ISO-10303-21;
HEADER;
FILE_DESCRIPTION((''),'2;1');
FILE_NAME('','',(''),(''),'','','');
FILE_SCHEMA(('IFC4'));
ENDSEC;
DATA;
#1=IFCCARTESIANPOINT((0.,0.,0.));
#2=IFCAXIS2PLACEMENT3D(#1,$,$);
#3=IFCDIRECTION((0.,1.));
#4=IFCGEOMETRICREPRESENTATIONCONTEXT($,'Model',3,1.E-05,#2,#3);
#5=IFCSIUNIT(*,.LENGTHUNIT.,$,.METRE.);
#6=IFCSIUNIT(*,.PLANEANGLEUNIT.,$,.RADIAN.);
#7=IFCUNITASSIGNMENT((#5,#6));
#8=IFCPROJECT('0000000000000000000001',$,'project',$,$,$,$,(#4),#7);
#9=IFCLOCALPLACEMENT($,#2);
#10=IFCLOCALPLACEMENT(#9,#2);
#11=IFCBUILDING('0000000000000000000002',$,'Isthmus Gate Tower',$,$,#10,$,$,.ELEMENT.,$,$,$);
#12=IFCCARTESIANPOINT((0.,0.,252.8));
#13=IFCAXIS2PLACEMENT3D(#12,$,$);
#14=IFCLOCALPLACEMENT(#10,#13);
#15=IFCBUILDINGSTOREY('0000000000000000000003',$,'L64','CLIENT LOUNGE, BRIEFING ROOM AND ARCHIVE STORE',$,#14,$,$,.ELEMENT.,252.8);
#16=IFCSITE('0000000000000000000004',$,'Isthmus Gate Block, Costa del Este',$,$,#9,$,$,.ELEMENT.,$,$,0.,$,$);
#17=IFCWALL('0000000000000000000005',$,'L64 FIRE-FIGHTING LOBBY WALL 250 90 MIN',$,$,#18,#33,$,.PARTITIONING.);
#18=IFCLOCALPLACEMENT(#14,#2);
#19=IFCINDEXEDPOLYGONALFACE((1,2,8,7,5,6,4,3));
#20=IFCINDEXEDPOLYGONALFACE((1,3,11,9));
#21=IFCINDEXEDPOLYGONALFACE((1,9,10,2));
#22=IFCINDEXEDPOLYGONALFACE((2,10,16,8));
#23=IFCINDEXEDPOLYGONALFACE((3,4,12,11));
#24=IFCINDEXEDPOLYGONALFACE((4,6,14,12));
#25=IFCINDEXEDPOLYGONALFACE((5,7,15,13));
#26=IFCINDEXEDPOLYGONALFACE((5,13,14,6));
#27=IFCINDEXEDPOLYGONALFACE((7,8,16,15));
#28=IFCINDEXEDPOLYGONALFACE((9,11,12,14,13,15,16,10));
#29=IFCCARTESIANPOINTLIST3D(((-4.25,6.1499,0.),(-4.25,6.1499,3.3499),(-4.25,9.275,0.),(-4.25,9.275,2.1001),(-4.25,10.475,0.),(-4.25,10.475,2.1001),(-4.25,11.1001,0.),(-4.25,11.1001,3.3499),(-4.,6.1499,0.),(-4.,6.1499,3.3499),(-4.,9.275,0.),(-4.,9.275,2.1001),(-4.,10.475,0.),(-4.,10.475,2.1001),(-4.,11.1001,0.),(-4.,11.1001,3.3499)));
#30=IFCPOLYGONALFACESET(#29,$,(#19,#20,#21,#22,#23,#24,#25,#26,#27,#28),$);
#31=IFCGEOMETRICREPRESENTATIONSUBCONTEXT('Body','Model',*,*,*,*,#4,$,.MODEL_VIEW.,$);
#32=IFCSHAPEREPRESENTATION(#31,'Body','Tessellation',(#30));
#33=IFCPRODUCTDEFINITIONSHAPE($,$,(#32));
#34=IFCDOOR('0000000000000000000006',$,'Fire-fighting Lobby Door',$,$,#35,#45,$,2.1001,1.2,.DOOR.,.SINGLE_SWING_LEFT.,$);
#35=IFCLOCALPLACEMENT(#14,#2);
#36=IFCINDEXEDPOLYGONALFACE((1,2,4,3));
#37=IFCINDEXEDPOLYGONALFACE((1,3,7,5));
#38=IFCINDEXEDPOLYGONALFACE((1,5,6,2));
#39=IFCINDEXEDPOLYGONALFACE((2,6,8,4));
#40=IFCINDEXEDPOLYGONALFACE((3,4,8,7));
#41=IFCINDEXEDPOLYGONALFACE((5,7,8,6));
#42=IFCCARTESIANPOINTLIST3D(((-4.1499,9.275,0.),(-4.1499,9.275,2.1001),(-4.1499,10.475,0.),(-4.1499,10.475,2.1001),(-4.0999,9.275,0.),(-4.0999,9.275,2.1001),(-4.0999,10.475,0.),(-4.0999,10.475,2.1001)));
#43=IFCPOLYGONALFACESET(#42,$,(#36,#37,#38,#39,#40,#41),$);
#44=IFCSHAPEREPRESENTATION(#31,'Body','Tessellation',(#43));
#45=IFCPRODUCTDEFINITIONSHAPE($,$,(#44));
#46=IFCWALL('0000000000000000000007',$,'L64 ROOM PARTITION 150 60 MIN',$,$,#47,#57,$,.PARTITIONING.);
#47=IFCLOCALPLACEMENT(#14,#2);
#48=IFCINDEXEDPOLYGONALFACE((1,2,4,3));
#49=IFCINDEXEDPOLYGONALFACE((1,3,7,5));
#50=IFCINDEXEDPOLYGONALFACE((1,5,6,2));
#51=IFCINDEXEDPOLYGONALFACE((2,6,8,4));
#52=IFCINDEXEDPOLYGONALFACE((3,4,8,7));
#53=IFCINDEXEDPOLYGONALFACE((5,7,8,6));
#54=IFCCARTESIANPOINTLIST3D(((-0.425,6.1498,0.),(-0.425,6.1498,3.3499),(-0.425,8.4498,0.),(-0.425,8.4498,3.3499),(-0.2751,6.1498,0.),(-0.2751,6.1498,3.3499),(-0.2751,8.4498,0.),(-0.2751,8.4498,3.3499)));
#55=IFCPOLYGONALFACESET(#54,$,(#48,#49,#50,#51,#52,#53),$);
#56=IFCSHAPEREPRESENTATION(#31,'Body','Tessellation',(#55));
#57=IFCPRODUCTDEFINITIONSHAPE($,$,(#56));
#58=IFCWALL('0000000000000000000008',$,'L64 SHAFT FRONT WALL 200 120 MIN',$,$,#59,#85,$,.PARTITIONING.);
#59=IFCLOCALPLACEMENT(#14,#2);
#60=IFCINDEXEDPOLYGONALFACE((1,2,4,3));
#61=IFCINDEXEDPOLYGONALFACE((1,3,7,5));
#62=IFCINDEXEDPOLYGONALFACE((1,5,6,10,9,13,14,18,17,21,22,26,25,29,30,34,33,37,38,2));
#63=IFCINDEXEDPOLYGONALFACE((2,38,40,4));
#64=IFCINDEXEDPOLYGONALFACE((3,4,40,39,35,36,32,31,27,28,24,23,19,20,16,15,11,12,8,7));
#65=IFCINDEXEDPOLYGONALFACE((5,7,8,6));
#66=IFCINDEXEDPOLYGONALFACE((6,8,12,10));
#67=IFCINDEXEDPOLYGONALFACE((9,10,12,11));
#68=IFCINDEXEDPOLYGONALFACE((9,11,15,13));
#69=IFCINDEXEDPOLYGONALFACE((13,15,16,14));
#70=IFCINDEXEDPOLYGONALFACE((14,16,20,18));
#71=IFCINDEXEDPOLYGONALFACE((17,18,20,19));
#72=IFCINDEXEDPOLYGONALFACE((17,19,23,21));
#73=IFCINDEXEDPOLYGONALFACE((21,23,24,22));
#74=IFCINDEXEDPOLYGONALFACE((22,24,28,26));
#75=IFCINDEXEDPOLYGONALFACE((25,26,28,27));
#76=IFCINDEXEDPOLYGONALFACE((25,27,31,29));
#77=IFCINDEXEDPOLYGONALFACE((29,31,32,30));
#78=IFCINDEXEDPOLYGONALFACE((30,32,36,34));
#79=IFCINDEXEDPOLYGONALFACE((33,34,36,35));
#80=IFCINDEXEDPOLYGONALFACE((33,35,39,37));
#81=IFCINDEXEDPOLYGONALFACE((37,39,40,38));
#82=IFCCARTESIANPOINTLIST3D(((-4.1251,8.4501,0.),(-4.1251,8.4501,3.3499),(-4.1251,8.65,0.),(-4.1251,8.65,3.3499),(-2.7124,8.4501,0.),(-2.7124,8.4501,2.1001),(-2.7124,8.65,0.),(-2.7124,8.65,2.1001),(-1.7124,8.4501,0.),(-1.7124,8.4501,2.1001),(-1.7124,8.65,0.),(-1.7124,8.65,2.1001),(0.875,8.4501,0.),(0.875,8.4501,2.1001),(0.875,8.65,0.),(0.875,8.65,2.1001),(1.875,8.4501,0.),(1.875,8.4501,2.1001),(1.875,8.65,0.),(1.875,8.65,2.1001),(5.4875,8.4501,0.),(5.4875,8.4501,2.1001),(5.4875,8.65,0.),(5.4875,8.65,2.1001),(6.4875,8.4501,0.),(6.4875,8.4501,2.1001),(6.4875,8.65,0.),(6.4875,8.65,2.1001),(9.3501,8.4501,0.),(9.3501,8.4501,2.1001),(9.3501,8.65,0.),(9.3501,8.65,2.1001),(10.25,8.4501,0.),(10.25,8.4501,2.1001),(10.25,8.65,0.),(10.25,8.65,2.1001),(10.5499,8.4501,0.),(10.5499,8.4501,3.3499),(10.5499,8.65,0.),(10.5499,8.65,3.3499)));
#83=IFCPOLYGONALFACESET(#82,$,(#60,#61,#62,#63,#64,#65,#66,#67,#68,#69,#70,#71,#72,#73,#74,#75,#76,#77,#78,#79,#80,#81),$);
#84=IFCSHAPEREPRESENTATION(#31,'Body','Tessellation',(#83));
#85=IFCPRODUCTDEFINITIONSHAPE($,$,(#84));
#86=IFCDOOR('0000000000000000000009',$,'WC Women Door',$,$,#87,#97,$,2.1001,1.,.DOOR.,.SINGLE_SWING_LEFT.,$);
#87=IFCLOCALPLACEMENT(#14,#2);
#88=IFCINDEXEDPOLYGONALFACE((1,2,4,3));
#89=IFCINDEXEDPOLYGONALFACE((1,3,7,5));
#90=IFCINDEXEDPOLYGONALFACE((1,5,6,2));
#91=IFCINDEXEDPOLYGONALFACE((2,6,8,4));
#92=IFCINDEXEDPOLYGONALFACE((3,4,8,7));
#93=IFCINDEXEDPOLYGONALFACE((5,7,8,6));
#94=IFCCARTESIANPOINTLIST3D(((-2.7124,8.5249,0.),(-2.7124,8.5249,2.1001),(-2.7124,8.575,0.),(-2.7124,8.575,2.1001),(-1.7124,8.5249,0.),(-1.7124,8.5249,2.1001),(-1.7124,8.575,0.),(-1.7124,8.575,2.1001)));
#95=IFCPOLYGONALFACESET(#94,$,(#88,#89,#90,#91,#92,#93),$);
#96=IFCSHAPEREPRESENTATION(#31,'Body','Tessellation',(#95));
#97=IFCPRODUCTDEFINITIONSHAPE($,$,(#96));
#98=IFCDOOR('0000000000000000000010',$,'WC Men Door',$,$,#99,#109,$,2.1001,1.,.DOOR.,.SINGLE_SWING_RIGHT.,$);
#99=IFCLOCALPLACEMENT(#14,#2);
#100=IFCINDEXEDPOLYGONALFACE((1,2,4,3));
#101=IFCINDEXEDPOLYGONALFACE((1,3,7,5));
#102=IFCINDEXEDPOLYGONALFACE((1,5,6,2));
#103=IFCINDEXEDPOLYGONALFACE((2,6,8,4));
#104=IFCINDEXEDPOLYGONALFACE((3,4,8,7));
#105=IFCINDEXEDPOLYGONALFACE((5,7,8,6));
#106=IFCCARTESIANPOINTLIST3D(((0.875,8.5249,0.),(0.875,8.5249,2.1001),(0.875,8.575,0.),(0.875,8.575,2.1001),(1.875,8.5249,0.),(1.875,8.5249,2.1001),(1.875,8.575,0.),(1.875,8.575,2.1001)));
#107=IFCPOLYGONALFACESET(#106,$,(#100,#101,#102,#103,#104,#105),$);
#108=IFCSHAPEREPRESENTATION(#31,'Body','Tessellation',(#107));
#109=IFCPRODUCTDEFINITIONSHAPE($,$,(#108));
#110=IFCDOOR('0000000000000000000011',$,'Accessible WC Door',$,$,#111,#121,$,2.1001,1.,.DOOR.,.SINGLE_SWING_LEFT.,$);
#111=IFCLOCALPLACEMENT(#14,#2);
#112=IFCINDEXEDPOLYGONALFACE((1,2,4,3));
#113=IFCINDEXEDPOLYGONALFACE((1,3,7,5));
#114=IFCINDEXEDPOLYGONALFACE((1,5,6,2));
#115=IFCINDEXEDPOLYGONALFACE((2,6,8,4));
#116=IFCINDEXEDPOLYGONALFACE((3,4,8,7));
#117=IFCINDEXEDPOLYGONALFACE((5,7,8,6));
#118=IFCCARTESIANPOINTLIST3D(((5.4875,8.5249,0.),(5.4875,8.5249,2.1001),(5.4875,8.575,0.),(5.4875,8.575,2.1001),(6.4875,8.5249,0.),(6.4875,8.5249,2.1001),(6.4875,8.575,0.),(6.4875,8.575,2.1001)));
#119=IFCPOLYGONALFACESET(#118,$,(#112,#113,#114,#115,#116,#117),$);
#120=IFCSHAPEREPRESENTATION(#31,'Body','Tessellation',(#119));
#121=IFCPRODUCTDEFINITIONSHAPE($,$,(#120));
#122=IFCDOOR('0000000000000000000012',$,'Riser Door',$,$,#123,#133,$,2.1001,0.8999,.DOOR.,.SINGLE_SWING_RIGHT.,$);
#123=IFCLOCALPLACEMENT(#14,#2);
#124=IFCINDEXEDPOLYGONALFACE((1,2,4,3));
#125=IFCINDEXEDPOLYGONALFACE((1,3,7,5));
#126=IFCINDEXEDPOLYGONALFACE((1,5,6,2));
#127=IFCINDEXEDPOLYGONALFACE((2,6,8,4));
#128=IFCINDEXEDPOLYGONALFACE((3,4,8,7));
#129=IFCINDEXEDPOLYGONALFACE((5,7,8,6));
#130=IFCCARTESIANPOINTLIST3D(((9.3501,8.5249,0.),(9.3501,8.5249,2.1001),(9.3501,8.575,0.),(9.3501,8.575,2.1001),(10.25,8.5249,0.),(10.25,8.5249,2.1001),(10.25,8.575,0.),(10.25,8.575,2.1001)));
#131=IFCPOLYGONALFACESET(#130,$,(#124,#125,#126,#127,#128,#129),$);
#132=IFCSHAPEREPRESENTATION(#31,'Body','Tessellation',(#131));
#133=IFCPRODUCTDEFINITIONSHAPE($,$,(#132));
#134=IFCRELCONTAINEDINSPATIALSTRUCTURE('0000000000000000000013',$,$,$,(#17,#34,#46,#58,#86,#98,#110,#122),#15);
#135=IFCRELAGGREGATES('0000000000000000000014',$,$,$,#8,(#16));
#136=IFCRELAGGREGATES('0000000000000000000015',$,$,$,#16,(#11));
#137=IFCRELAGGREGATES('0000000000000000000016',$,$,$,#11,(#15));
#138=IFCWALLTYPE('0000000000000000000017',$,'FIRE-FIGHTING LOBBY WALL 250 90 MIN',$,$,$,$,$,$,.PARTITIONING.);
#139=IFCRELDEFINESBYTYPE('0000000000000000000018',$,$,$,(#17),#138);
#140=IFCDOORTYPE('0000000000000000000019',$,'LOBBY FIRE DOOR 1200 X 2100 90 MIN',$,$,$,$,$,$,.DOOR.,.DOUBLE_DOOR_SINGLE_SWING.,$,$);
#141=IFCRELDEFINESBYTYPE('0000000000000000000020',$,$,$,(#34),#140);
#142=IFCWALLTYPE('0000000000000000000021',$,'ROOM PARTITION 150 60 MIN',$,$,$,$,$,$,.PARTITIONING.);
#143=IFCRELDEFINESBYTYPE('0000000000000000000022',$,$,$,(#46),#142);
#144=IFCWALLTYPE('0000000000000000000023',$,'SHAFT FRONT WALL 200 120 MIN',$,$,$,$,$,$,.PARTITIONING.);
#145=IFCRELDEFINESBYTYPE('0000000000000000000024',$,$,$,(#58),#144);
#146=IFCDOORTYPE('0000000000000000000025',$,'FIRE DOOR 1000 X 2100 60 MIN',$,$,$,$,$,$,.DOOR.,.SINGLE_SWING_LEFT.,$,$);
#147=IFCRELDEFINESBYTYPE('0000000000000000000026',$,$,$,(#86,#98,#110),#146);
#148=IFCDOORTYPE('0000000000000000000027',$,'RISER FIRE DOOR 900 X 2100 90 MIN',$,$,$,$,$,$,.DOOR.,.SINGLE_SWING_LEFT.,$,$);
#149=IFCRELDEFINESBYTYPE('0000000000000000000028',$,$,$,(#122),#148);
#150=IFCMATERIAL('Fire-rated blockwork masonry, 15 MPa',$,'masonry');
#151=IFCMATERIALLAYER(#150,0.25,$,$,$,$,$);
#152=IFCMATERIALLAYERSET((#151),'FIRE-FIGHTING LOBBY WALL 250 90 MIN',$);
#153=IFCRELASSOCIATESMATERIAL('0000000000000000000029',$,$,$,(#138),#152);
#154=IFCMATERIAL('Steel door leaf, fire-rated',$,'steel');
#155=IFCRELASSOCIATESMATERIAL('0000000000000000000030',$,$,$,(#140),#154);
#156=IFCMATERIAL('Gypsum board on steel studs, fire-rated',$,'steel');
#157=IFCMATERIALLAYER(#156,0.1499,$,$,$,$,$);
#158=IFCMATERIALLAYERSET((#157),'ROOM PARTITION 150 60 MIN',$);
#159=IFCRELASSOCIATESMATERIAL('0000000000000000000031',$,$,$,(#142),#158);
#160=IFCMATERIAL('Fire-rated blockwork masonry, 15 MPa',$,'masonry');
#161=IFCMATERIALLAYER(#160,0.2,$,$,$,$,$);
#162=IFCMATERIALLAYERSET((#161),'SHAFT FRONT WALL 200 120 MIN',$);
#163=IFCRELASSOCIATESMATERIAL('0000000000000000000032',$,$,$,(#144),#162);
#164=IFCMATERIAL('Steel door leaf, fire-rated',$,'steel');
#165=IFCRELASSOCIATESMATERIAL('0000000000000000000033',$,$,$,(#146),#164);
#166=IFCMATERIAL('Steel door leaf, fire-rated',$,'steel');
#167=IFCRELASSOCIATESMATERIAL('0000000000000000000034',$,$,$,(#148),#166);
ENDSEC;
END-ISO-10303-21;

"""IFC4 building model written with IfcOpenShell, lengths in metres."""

from ifc_helpers import new_model, si_unit, direction, frame, frame_2d, origin, place, context, subcontext, project, spatial, rectangle, extrude, material, layer, layer_set, type_object, element, fill, save


model = new_model("IFC4")

# Units and contexts
model_context = context("Model", 3, precision=1e-05, world=origin(), true_north=direction((0.0, 1.0)))
body_context = subcontext(model_context, "Body", "Model", "MODEL_VIEW")
ifc_project = project(units=[si_unit("LENGTHUNIT", "METRE"), si_unit("PLANEANGLEUNIT", "RADIAN")], contexts=[model_context])

# Site, building, storey
site_placement = place(None, origin())
site = spatial("IfcSite", under=ifc_project, at=site_placement, Name="Isthmus Gate Block, Costa del Este", CompositionType="ELEMENT", RefElevation=0.0)
building_placement = place(site_placement, origin())
building = spatial("IfcBuilding", under=site, at=building_placement, Name="Isthmus Gate Tower", CompositionType="ELEMENT")
storey_placement = place(building_placement, frame((0.0, 0.0, 252.8)))
storey = spatial("IfcBuildingStorey", under=building, at=storey_placement, Name="L64", Description="CLIENT LOUNGE, BRIEFING ROOM AND ARCHIVE STORE", CompositionType="ELEMENT", Elevation=252.8)

# Wall, opening, door
ifc_material_1 = material(Name="Fire-rated blockwork masonry, 15 MPa", Category="masonry")
ifc_layer_1 = layer(ifc_material_1, 0.25)
ifc_layer_set_1 = layer_set([ifc_layer_1], Name="FIRE-FIGHTING LOBBY WALL 250 90 MIN")
wall_type_1 = type_object("IfcWallType", Name="FIRE-FIGHTING LOBBY WALL 250 90 MIN", PredefinedType="PARTITIONING", material=ifc_layer_set_1)
wall_1_placement = place(storey_placement, frame((-4.125, 6.1499, 0.0), z_axis=(0.0, 0.0, 1.0), x_axis=(0.0, 1.0, 0.0)))
wall_1 = element("IfcWall", 1, at=wall_1_placement, inside=storey, type_object=wall_type_1, Name="L64 FIRE-FIGHTING LOBBY WALL 250 90 MIN", PredefinedType="PARTITIONING", context=body_context, shape_type="SweptSolid", body=[
    extrude(rectangle(XDim=4.9502, YDim=0.25, at=frame_2d((2.4751, 0.0))), origin(), (0.0, 0.0, 1.0), 3.3499),
])
opening_1_placement = place(wall_1_placement, frame((3.125, 0.0, 0.0)))
opening_1 = element("IfcOpeningElement", 2, at=opening_1_placement, cuts=wall_1, PredefinedType="OPENING", context=body_context, shape_type="SweptSolid", body=[
    extrude(rectangle(XDim=1.2, YDim=2.1001, at=frame_2d((0.6001, 1.05))), frame((0.0, 0.135, 0.0), z_axis=(0.0, -1.0, 0.0), x_axis=(1.0, 0.0, 0.0)), (0.0, 0.0, 1.0), 0.27),
])
ifc_material_2 = material(Name="Steel door leaf, fire-rated", Category="steel")
door_type_1 = type_object("IfcDoorType", Name="LOBBY FIRE DOOR 1200 X 2100 90 MIN", OperationType="DOUBLE_DOOR_SINGLE_SWING", PredefinedType="DOOR", material=ifc_material_2)
door_1_placement = place(opening_1_placement, origin())
door_1 = element("IfcDoor", 3, at=door_1_placement, inside=storey, type_object=door_type_1, Name="Fire-fighting Lobby Door", OperationType="SINGLE_SWING_LEFT", OverallHeight=2.1001, OverallWidth=1.2, PredefinedType="DOOR", context=body_context, shape_type="SweptSolid", body=[
    extrude(rectangle(XDim=1.2, YDim=2.1001, at=frame_2d((0.6001, 1.05))), frame((0.0, 0.0249, 0.0), z_axis=(0.0, -1.0, 0.0), x_axis=(1.0, 0.0, 0.0)), (0.0, 0.0, 1.0), 0.05),
])
fill(opening_1, door_1)

# Wall
ifc_material_3 = material(Name="Gypsum board on steel studs, fire-rated", Category="steel")
ifc_layer_2 = layer(ifc_material_3, 0.1499)
ifc_layer_set_2 = layer_set([ifc_layer_2], Name="ROOM PARTITION 150 60 MIN")
wall_type_2 = type_object("IfcWallType", Name="ROOM PARTITION 150 60 MIN", PredefinedType="PARTITIONING", material=ifc_layer_set_2)
wall_2_placement = place(storey_placement, frame((-0.3501, 6.1499, 0.0), z_axis=(0.0, 0.0, 1.0), x_axis=(0.0, 1.0, 0.0)))
element("IfcWall", 4, at=wall_2_placement, inside=storey, type_object=wall_type_2, Name="L64 ROOM PARTITION 150 60 MIN", PredefinedType="PARTITIONING", context=body_context, shape_type="SweptSolid", body=[
    extrude(rectangle(XDim=2.3, YDim=0.1499, at=frame_2d((1.1499, 0.0))), origin(), (0.0, 0.0, 1.0), 3.3499),
])

# Wall, openings, doors
ifc_material_4 = material(Name="Fire-rated blockwork masonry, 15 MPa", Category="masonry")
ifc_layer_3 = layer(ifc_material_4, 0.2)
ifc_layer_set_3 = layer_set([ifc_layer_3], Name="SHAFT FRONT WALL 200 120 MIN")
wall_type_3 = type_object("IfcWallType", Name="SHAFT FRONT WALL 200 120 MIN", PredefinedType="PARTITIONING", material=ifc_layer_set_3)
wall_3_placement = place(storey_placement, frame((-4.125, 8.55, 0.0), z_axis=(0.0, 0.0, 1.0), x_axis=(1.0, 0.0, 0.0)))
wall_3 = element("IfcWall", 5, at=wall_3_placement, inside=storey, type_object=wall_type_3, Name="L64 SHAFT FRONT WALL 200 120 MIN", PredefinedType="PARTITIONING", context=body_context, shape_type="SweptSolid", body=[
    extrude(rectangle(XDim=14.675, YDim=0.2, at=frame_2d((7.3374, 0.0))), origin(), (0.0, 0.0, 1.0), 3.3499),
])
opening_2_placement = place(wall_3_placement, frame((1.4126, 0.0, 0.0)))
opening_2 = element("IfcOpeningElement", 6, at=opening_2_placement, cuts=wall_3, PredefinedType="OPENING", context=body_context, shape_type="SweptSolid", body=[
    extrude(rectangle(XDim=1.0, YDim=2.1001, at=frame_2d((0.5, 1.05))), frame((0.0, 0.1099, 0.0), z_axis=(0.0, -1.0, 0.0), x_axis=(1.0, 0.0, 0.0)), (0.0, 0.0, 1.0), 0.22),
])
opening_3_placement = place(wall_3_placement, frame((5.0, 0.0, 0.0)))
opening_3 = element("IfcOpeningElement", 7, at=opening_3_placement, cuts=wall_3, PredefinedType="OPENING", context=body_context, shape_type="SweptSolid", body=[
    extrude(rectangle(XDim=1.0, YDim=2.1001, at=frame_2d((0.5, 1.05))), frame((0.0, 0.1099, 0.0), z_axis=(0.0, -1.0, 0.0), x_axis=(1.0, 0.0, 0.0)), (0.0, 0.0, 1.0), 0.22),
])
opening_4_placement = place(wall_3_placement, frame((9.6125, 0.0, 0.0)))
opening_4 = element("IfcOpeningElement", 8, at=opening_4_placement, cuts=wall_3, PredefinedType="OPENING", context=body_context, shape_type="SweptSolid", body=[
    extrude(rectangle(XDim=1.0, YDim=2.1001, at=frame_2d((0.5, 1.05))), frame((0.0, 0.1099, 0.0), z_axis=(0.0, -1.0, 0.0), x_axis=(1.0, 0.0, 0.0)), (0.0, 0.0, 1.0), 0.22),
])
opening_5_placement = place(wall_3_placement, frame((13.4751, 0.0, 0.0)))
opening_5 = element("IfcOpeningElement", 9, at=opening_5_placement, cuts=wall_3, PredefinedType="OPENING", context=body_context, shape_type="SweptSolid", body=[
    extrude(rectangle(XDim=0.8999, YDim=2.1001, at=frame_2d((0.45, 1.05))), frame((0.0, 0.1099, 0.0), z_axis=(0.0, -1.0, 0.0), x_axis=(1.0, 0.0, 0.0)), (0.0, 0.0, 1.0), 0.22),
])
ifc_material_5 = material(Name="Steel door leaf, fire-rated", Category="steel")
door_type_2 = type_object("IfcDoorType", Name="FIRE DOOR 1000 X 2100 60 MIN", OperationType="SINGLE_SWING_LEFT", PredefinedType="DOOR", material=ifc_material_5)
door_2_placement = place(opening_2_placement, origin())
door_2 = element("IfcDoor", 10, at=door_2_placement, inside=storey, type_object=door_type_2, Name="WC Women Door", OperationType="SINGLE_SWING_LEFT", OverallHeight=2.1001, OverallWidth=1.0, PredefinedType="DOOR", context=body_context, shape_type="SweptSolid", body=[
    extrude(rectangle(XDim=1.0, YDim=2.1001, at=frame_2d((0.5, 1.05))), frame((0.0, 0.0249, 0.0), z_axis=(0.0, -1.0, 0.0), x_axis=(1.0, 0.0, 0.0)), (0.0, 0.0, 1.0), 0.05),
])
fill(opening_2, door_2)
door_3_placement = place(opening_3_placement, origin())
door_3 = element("IfcDoor", 11, at=door_3_placement, inside=storey, type_object=door_type_2, Name="WC Men Door", OperationType="SINGLE_SWING_RIGHT", OverallHeight=2.1001, OverallWidth=1.0, PredefinedType="DOOR", context=body_context, shape_type="SweptSolid", body=[
    extrude(rectangle(XDim=1.0, YDim=2.1001, at=frame_2d((0.5, 1.05))), frame((0.0, 0.0249, 0.0), z_axis=(0.0, -1.0, 0.0), x_axis=(1.0, 0.0, 0.0)), (0.0, 0.0, 1.0), 0.05),
])
fill(opening_3, door_3)
door_4_placement = place(opening_4_placement, origin())
door_4 = element("IfcDoor", 12, at=door_4_placement, inside=storey, type_object=door_type_2, Name="Accessible WC Door", OperationType="SINGLE_SWING_LEFT", OverallHeight=2.1001, OverallWidth=1.0, PredefinedType="DOOR", context=body_context, shape_type="SweptSolid", body=[
    extrude(rectangle(XDim=1.0, YDim=2.1001, at=frame_2d((0.5, 1.05))), frame((0.0, 0.0249, 0.0), z_axis=(0.0, -1.0, 0.0), x_axis=(1.0, 0.0, 0.0)), (0.0, 0.0, 1.0), 0.05),
])
fill(opening_4, door_4)
ifc_material_6 = material(Name="Steel door leaf, fire-rated", Category="steel")
door_type_3 = type_object("IfcDoorType", Name="RISER FIRE DOOR 900 X 2100 90 MIN", OperationType="SINGLE_SWING_LEFT", PredefinedType="DOOR", material=ifc_material_6)
door_5_placement = place(opening_5_placement, origin())
door_5 = element("IfcDoor", 13, at=door_5_placement, inside=storey, type_object=door_type_3, Name="Riser Door", OperationType="SINGLE_SWING_RIGHT", OverallHeight=2.1001, OverallWidth=0.8999, PredefinedType="DOOR", context=body_context, shape_type="SweptSolid", body=[
    extrude(rectangle(XDim=0.8999, YDim=2.1001, at=frame_2d((0.45, 1.05))), frame((0.0, 0.0249, 0.0), z_axis=(0.0, -1.0, 0.0), x_axis=(1.0, 0.0, 0.0)), (0.0, 0.0, 1.0), 0.05),
])
fill(opening_5, door_5)

save(model, "model.ifc")
